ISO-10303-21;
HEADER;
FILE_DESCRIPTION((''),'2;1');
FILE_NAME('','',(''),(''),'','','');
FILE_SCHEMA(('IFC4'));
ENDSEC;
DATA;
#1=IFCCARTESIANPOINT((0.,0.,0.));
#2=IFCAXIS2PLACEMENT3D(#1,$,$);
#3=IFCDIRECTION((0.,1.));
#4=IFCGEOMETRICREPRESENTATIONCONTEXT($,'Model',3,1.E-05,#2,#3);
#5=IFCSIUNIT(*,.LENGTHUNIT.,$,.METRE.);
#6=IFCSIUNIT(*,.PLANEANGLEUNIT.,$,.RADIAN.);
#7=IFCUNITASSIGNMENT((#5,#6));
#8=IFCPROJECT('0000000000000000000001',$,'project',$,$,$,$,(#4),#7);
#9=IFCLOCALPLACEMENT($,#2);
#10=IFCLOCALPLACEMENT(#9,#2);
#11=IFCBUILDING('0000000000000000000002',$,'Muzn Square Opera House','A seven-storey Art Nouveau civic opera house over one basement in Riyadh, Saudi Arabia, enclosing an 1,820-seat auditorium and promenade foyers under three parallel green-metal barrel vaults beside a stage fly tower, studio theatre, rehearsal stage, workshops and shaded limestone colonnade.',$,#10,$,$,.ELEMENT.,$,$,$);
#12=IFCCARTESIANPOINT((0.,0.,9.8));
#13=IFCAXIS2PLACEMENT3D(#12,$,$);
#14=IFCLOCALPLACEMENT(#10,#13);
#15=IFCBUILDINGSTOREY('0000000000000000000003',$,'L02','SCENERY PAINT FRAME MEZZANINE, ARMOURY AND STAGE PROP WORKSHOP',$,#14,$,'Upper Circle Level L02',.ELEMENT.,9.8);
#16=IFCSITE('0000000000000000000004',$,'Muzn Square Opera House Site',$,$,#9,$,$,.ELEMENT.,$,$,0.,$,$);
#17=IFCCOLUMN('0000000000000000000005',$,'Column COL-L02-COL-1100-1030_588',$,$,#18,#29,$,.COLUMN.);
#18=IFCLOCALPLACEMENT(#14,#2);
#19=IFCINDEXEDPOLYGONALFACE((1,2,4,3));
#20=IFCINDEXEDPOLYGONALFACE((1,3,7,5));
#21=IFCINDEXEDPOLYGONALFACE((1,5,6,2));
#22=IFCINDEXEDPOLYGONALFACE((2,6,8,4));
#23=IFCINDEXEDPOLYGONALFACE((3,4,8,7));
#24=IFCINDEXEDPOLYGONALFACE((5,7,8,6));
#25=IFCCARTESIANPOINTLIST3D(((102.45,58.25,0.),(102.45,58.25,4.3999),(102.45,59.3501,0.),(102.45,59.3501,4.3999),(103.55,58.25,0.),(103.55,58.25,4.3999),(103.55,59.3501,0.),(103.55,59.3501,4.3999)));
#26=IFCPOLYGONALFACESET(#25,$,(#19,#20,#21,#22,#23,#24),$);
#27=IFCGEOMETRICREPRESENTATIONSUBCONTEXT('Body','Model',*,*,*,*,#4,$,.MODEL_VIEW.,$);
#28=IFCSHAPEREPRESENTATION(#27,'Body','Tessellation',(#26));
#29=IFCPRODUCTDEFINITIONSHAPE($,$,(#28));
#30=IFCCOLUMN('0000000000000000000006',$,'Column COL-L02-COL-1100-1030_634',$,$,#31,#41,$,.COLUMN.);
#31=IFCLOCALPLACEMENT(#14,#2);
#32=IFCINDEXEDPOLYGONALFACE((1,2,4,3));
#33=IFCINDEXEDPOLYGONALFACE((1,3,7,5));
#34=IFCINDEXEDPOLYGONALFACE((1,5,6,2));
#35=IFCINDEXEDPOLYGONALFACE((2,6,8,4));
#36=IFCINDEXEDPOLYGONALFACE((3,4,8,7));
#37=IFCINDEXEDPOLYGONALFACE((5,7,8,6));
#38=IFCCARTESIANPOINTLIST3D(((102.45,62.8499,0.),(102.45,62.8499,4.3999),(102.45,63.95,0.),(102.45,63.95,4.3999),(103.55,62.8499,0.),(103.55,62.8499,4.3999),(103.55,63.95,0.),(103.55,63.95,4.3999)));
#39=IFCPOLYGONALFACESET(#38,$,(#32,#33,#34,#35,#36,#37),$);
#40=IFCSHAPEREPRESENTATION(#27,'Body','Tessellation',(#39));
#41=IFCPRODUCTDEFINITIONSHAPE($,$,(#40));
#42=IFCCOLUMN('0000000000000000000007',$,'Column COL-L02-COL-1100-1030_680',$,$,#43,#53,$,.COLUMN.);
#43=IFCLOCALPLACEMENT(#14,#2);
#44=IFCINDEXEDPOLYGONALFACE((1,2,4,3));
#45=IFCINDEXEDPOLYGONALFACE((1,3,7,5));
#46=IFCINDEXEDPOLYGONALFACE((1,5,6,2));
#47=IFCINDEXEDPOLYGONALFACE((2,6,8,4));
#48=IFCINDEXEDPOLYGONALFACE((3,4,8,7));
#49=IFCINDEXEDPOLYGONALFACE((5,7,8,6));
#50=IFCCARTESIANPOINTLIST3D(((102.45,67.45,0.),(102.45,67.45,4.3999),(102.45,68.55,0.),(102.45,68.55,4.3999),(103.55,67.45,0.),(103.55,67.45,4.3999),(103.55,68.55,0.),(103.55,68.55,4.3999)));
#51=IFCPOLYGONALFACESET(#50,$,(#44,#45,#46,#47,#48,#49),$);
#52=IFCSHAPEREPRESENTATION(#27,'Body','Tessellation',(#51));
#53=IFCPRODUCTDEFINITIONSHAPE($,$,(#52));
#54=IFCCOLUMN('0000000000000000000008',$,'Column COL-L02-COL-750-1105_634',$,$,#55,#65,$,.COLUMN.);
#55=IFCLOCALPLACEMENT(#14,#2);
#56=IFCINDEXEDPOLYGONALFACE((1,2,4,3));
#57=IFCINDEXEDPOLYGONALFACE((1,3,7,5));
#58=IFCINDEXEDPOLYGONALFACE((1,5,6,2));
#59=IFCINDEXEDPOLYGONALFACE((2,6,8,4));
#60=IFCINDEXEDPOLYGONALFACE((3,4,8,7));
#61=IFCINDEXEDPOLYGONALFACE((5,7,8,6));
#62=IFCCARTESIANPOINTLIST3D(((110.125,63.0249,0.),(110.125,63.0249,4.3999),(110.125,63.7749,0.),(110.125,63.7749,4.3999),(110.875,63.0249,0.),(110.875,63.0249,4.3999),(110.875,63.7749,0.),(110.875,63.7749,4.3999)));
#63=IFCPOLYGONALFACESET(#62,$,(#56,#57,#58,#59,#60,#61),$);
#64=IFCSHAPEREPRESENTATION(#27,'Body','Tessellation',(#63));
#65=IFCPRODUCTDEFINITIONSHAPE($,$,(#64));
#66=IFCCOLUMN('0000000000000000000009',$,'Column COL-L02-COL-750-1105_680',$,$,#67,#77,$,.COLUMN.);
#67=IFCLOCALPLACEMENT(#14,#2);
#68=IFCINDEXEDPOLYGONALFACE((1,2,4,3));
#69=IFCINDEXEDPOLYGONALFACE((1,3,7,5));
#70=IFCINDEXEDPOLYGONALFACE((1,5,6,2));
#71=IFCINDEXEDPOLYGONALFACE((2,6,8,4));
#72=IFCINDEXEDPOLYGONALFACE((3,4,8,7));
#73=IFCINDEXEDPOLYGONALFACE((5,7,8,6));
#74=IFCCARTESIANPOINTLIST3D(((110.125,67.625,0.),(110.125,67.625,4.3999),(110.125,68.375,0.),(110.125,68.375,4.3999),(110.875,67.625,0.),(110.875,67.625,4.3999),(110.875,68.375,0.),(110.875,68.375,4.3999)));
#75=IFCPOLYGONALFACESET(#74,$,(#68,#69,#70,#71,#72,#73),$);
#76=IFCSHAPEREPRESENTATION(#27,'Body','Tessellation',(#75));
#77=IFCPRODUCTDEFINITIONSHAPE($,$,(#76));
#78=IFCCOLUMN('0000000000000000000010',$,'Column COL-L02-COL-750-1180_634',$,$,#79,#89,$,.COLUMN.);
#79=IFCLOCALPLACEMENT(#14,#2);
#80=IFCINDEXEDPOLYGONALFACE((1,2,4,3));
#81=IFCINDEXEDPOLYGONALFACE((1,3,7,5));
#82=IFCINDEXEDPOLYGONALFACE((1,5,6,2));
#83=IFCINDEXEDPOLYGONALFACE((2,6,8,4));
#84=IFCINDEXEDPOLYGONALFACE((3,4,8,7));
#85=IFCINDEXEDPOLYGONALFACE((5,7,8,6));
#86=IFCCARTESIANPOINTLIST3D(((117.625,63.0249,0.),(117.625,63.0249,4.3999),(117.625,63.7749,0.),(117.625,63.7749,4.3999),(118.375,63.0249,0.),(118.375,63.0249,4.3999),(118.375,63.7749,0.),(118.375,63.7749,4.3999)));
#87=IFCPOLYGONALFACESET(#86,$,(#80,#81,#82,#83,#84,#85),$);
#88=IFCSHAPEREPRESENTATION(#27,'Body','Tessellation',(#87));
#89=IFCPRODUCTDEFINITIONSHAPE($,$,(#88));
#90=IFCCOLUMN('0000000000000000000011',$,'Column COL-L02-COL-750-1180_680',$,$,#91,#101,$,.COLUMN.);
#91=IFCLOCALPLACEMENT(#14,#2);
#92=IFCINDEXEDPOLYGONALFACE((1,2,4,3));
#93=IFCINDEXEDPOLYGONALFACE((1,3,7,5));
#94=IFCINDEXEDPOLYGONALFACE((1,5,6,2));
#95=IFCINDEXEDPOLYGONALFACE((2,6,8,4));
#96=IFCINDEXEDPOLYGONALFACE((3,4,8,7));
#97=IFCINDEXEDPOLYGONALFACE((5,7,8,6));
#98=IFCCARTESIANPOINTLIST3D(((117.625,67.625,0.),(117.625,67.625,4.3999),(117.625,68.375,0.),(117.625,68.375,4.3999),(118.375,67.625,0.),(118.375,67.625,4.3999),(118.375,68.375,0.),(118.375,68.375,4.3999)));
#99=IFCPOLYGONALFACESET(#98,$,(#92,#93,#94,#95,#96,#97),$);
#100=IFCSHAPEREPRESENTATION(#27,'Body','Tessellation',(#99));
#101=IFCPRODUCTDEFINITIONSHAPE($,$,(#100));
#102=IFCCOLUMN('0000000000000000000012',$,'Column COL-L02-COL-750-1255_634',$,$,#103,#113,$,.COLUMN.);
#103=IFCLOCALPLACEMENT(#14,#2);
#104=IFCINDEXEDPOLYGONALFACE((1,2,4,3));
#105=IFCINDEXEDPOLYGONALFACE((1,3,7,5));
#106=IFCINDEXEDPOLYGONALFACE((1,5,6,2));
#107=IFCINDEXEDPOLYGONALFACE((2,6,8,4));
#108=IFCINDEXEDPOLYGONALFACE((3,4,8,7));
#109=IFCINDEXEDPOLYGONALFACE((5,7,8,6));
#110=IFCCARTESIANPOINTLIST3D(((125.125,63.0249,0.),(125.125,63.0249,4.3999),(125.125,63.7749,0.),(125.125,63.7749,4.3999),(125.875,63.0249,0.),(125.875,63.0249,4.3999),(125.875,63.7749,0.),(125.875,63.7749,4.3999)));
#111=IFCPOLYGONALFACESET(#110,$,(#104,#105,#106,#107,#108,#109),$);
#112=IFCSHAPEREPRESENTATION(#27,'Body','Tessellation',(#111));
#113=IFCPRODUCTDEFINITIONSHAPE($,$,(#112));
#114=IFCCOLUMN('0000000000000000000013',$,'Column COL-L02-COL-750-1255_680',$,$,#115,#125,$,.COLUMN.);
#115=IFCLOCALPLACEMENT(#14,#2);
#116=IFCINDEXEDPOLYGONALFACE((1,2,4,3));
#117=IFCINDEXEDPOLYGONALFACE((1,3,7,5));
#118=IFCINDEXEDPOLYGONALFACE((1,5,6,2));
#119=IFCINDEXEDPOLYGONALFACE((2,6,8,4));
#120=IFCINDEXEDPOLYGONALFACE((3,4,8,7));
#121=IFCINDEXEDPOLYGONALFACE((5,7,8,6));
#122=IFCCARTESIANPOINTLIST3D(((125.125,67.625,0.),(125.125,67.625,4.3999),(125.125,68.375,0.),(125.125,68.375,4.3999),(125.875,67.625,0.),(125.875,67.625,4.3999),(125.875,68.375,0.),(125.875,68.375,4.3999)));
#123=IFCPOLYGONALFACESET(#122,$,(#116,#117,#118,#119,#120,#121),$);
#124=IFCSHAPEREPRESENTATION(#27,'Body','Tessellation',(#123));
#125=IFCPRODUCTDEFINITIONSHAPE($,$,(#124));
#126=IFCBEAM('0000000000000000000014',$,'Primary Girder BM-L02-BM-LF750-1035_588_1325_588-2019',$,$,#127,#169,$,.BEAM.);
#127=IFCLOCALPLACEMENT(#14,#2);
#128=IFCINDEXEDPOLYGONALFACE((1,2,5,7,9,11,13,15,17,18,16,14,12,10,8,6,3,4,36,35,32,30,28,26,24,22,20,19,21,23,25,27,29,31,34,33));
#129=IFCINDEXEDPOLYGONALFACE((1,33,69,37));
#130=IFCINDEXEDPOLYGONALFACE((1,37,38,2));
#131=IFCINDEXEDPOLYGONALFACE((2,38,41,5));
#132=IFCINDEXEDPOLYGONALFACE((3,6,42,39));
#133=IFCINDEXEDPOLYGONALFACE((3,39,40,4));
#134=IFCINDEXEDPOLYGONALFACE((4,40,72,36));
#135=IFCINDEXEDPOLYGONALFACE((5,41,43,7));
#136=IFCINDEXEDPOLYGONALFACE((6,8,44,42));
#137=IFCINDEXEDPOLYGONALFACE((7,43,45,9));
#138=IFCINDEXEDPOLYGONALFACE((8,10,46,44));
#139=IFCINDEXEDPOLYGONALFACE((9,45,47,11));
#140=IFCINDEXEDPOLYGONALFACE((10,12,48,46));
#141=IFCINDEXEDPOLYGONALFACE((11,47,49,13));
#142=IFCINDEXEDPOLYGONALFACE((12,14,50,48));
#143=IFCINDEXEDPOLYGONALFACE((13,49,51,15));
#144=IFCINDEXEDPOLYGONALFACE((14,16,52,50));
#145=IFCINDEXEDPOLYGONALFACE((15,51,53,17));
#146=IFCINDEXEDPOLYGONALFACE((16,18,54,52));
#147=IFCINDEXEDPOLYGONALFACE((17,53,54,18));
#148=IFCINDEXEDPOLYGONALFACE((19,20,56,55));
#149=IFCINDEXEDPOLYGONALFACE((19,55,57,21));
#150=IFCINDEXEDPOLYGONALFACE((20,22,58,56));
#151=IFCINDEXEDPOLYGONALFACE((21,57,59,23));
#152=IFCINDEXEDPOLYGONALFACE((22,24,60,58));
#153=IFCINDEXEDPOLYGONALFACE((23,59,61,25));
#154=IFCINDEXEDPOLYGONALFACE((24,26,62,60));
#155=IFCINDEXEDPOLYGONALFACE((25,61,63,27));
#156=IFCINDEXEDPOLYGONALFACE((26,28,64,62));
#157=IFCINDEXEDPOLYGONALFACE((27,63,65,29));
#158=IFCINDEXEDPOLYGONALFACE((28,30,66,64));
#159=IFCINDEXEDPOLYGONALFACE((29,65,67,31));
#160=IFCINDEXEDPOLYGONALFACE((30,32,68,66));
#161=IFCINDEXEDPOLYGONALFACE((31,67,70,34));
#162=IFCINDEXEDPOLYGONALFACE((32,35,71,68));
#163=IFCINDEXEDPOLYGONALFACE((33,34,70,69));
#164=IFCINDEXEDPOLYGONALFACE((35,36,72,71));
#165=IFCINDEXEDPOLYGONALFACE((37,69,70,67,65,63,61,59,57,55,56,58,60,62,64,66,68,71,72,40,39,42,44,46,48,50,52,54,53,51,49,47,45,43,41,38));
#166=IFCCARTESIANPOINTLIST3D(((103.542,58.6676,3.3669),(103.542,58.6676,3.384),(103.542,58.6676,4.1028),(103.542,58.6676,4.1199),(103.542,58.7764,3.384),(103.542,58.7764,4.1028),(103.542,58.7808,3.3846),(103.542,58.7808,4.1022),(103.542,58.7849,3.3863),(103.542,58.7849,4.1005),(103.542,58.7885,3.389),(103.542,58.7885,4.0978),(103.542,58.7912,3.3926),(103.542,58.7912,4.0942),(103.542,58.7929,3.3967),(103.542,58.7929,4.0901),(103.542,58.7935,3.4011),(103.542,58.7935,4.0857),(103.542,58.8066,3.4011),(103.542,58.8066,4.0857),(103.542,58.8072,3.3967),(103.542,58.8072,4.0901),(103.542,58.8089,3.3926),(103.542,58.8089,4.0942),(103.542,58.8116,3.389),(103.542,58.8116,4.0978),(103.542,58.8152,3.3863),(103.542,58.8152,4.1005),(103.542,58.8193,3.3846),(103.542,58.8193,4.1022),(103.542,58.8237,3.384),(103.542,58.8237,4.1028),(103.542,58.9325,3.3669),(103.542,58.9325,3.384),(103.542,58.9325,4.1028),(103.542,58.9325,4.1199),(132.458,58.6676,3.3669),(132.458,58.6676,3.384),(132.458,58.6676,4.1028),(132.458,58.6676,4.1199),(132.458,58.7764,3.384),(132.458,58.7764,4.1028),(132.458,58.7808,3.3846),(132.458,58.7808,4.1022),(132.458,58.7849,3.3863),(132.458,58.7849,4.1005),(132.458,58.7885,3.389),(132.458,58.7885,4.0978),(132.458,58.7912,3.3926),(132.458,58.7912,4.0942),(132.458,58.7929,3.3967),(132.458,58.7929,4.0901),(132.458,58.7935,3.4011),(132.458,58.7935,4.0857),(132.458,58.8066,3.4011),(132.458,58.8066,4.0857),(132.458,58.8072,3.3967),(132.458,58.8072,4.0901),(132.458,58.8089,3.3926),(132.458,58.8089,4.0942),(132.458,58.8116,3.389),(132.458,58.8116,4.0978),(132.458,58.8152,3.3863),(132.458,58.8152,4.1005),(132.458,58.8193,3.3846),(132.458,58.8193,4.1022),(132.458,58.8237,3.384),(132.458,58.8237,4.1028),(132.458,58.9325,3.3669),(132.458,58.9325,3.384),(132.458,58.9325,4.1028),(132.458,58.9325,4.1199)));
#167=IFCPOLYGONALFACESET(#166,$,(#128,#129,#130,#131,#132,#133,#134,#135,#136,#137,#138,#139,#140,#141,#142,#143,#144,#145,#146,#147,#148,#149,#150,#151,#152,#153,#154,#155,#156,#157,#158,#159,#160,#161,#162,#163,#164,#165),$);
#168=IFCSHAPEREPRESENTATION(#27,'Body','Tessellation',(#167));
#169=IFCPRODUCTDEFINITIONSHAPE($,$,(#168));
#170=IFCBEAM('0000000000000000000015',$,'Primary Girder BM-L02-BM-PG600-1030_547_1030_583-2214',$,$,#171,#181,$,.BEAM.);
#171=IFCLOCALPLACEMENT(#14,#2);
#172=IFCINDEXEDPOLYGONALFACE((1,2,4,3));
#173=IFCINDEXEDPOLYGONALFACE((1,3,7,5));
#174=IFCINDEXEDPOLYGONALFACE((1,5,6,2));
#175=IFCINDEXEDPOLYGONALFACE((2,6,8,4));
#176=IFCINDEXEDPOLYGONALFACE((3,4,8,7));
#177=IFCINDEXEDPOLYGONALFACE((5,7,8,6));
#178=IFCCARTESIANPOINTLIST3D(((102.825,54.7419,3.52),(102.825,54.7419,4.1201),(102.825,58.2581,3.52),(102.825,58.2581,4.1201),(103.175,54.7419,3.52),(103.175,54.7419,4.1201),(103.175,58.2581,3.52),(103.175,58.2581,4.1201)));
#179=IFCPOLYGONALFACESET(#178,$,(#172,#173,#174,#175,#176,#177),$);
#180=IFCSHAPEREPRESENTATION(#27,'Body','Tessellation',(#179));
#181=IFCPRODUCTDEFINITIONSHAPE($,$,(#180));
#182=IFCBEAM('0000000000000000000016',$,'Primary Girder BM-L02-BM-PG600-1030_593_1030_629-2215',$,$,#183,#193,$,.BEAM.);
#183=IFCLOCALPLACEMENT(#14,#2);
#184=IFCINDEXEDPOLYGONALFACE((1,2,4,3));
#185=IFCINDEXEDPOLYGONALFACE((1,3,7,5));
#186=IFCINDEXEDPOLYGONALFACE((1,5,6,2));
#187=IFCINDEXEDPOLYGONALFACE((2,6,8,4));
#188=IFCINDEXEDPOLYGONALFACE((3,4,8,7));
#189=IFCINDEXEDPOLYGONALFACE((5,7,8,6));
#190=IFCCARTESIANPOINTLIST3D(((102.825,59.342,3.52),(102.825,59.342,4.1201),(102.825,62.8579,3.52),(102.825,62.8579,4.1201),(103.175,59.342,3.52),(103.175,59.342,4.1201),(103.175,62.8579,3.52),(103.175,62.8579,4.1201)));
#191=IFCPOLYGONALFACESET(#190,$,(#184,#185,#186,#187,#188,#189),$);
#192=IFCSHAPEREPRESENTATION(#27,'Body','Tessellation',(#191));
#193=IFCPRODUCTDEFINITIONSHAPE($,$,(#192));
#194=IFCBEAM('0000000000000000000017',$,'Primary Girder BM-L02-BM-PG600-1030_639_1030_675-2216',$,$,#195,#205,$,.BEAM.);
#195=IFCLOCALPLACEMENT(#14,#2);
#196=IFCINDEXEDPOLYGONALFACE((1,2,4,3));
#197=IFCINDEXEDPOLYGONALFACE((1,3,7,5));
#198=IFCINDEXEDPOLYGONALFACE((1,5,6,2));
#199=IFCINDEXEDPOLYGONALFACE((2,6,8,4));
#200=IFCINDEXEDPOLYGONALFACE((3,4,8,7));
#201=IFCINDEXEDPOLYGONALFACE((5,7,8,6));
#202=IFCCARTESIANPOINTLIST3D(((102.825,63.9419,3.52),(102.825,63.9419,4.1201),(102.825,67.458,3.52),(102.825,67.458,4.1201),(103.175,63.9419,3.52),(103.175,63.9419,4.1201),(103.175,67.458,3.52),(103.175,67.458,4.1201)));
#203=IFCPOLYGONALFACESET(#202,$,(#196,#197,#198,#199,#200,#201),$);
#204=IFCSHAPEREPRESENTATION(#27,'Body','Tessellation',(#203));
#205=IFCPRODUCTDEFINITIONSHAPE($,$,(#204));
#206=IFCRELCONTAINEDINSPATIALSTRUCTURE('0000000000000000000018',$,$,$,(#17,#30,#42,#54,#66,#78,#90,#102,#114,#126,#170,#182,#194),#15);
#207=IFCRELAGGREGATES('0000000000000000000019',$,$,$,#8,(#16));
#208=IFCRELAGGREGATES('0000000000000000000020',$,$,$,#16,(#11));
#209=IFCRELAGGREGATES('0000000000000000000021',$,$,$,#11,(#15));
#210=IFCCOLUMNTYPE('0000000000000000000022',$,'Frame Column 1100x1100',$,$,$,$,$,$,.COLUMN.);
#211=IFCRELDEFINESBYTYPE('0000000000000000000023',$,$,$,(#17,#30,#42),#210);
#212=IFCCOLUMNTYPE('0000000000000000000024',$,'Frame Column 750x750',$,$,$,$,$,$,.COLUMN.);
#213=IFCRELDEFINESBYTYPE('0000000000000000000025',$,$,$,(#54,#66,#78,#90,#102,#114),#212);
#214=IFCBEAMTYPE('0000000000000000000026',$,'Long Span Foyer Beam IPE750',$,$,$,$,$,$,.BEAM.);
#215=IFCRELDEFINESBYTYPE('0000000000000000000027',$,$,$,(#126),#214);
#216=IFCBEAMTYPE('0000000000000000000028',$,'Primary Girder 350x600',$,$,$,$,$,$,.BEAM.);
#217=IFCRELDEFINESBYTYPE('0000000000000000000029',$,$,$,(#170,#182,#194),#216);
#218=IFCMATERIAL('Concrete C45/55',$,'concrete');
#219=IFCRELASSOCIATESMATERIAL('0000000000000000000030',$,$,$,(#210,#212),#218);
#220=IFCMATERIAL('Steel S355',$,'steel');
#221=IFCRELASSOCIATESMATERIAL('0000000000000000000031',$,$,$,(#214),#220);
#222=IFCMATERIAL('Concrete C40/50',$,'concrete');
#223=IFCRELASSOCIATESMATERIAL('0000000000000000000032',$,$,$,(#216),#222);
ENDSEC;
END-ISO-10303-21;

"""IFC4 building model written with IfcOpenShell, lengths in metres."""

from ifc_helpers import new_model, si_unit, direction, frame, origin, origin_2d, place, context, subcontext, project, spatial, rectangle, i_section, extrude, material, material_profile, profile_set, type_object, element, save


model = new_model("IFC4")

# Units and contexts
model_context = context("Model", 3, precision=1e-05, world=origin(), true_north=direction((0.0, 1.0)))
body_context = subcontext(model_context, "Body", "Model", "MODEL_VIEW")
ifc_project = project(units=[si_unit("LENGTHUNIT", "METRE"), si_unit("PLANEANGLEUNIT", "RADIAN")], contexts=[model_context])

# Site, building, storey
site_placement = place(None, origin())
site = spatial("IfcSite", under=ifc_project, at=site_placement, Name="Muzn Square Opera House Site", CompositionType="ELEMENT", RefElevation=0.0)
building_placement = place(site_placement, origin())
building = spatial("IfcBuilding", under=site, at=building_placement, Name="Muzn Square Opera House", Description="A seven-storey Art Nouveau civic opera house over one basement in Riyadh, Saudi Arabia, enclosing an 1,820-seat auditorium and promenade foyers under three parallel green-metal barrel vaults beside a stage fly tower, studio theatre, rehearsal stage, workshops and shaded limestone colonnade.", CompositionType="ELEMENT")
storey_placement = place(building_placement, frame((0.0, 0.0, 9.8)))
storey = spatial("IfcBuildingStorey", under=building, at=storey_placement, Name="L02", Description="SCENERY PAINT FRAME MEZZANINE, ARMOURY AND STAGE PROP WORKSHOP", LongName="Upper Circle Level L02", CompositionType="ELEMENT", Elevation=9.8)

# Columns
ifc_material_1 = material(Name="Concrete C45/55", Category="concrete")
ifc_material_profile_1 = material_profile(ifc_material_1, rectangle(XDim=1.1001, YDim=1.1001, at=origin_2d()), Name="RC 1100x1100", Category="concrete")
ifc_profile_set_1 = profile_set([ifc_material_profile_1], Name="Concrete C45/55")
column_type_1 = type_object("IfcColumnType", Name="Frame Column 1100x1100", PredefinedType="COLUMN", material=ifc_profile_set_1)
for number, where, z_axis, x_axis, name in (
    (1, (103.0, 58.8, 0.0), (0.0, 0.0, 1.0), (1.0, 0.0, 0.0), "Column COL-L02-COL-1100-1030_588"),
    (2, (103.0, 63.3999, 0.0), (0.0, 0.0, 1.0), (1.0, 0.0, 0.0), "Column COL-L02-COL-1100-1030_634"),
    (3, (103.0, 68.0, 0.0), (0.0, 0.0, 1.0), (1.0, 0.0, 0.0), "Column COL-L02-COL-1100-1030_680"),
):
    element("IfcColumn", number, at=place(storey_placement, frame(where, z_axis=z_axis, x_axis=x_axis)), inside=storey, type_object=column_type_1, Name=name, PredefinedType="COLUMN", context=body_context, shape_type="SweptSolid", body=[
        extrude(rectangle(XDim=1.1001, YDim=1.1001, at=origin_2d()), origin(), (0.0, 0.0, 1.0), 4.3999),
    ])
ifc_material_profile_2 = material_profile(ifc_material_1, rectangle(XDim=0.75, YDim=0.75, at=origin_2d()), Name="RC 750x750", Category="concrete")
ifc_profile_set_2 = profile_set([ifc_material_profile_2], Name="Concrete C45/55")
column_type_2 = type_object("IfcColumnType", Name="Frame Column 750x750", PredefinedType="COLUMN", material=ifc_profile_set_2)
for number, where, z_axis, x_axis, name in (
    (4, (110.5, 63.3999, 0.0), (0.0, 0.0, 1.0), (1.0, 0.0, 0.0), "Column COL-L02-COL-750-1105_634"),
    (5, (110.5, 68.0, 0.0), (0.0, 0.0, 1.0), (1.0, 0.0, 0.0), "Column COL-L02-COL-750-1105_680"),
    (6, (118.0, 63.3999, 0.0), (0.0, 0.0, 1.0), (1.0, 0.0, 0.0), "Column COL-L02-COL-750-1180_634"),
    (7, (118.0, 68.0, 0.0), (0.0, 0.0, 1.0), (1.0, 0.0, 0.0), "Column COL-L02-COL-750-1180_680"),
    (8, (125.5, 63.3999, 0.0), (0.0, 0.0, 1.0), (1.0, 0.0, 0.0), "Column COL-L02-COL-750-1255_634"),
    (9, (125.5, 68.0, 0.0), (0.0, 0.0, 1.0), (1.0, 0.0, 0.0), "Column COL-L02-COL-750-1255_680"),
):
    element("IfcColumn", number, at=place(storey_placement, frame(where, z_axis=z_axis, x_axis=x_axis)), inside=storey, type_object=column_type_2, Name=name, PredefinedType="COLUMN", context=body_context, shape_type="SweptSolid", body=[
        extrude(rectangle(XDim=0.75, YDim=0.75, at=origin_2d()), origin(), (0.0, 0.0, 1.0), 4.3999),
    ])

# Beams
ifc_material_2 = material(Name="Steel S355", Category="steel")
ifc_material_profile_3 = material_profile(ifc_material_2, i_section(OverallWidth=0.2649, OverallDepth=0.7529, WebThickness=0.0132, FlangeThickness=0.0171, FilletRadius=0.0171, at=origin_2d()), Name="IPE 750x147", Category="steel")
ifc_profile_set_3 = profile_set([ifc_material_profile_3], Name="Steel S355")
beam_type_1 = type_object("IfcBeamType", Name="Long Span Foyer Beam IPE750", PredefinedType="BEAM", material=ifc_profile_set_3)
beam_1_placement = place(storey_placement, frame((103.542, 58.8, 3.7434), z_axis=(1.0, 0.0, 0.0), x_axis=(0.0, 1.0, 0.0)))
element("IfcBeam", 10, at=beam_1_placement, inside=storey, type_object=beam_type_1, Name="Primary Girder BM-L02-BM-LF750-1035_588_1325_588-2019", PredefinedType="BEAM", context=body_context, shape_type="SweptSolid", body=[
    extrude(i_section(OverallWidth=0.2649, OverallDepth=0.7529, WebThickness=0.0132, FlangeThickness=0.0171, FilletRadius=0.0171, at=origin_2d()), origin(), (0.0, 0.0, 1.0), 28.916),
])
ifc_material_3 = material(Name="Concrete C40/50", Category="concrete")
ifc_material_profile_4 = material_profile(ifc_material_3, rectangle(XDim=0.3501, YDim=0.6001, at=origin_2d()), Name="RCB 350x600", Category="concrete")
ifc_profile_set_4 = profile_set([ifc_material_profile_4], Name="Concrete C40/50")
beam_type_2 = type_object("IfcBeamType", Name="Primary Girder 350x600", PredefinedType="BEAM", material=ifc_profile_set_4)
beam_2_placement = place(storey_placement, frame((103.0, 54.7419, 3.8201), z_axis=(0.0, 1.0, 0.0), x_axis=(-1.0, 0.0, 0.0)))
element("IfcBeam", 11, at=beam_2_placement, inside=storey, type_object=beam_type_2, Name="Primary Girder BM-L02-BM-PG600-1030_547_1030_583-2214", PredefinedType="BEAM", context=body_context, shape_type="SweptSolid", body=[
    extrude(rectangle(XDim=0.3501, YDim=0.6001, at=origin_2d()), origin(), (0.0, 0.0, 1.0), 3.5161),
])
beam_3_placement = place(storey_placement, frame((103.0, 59.342, 3.8201), z_axis=(0.0, 1.0, 0.0), x_axis=(-1.0, 0.0, 0.0)))
element("IfcBeam", 12, at=beam_3_placement, inside=storey, type_object=beam_type_2, Name="Primary Girder BM-L02-BM-PG600-1030_593_1030_629-2215", PredefinedType="BEAM", context=body_context, shape_type="SweptSolid", body=[
    extrude(rectangle(XDim=0.3501, YDim=0.6001, at=origin_2d()), origin(), (0.0, 0.0, 1.0), 3.5159),
])
beam_4_placement = place(storey_placement, frame((103.0, 63.9419, 3.8201), z_axis=(0.0, 1.0, 0.0), x_axis=(-1.0, 0.0, 0.0)))
element("IfcBeam", 13, at=beam_4_placement, inside=storey, type_object=beam_type_2, Name="Primary Girder BM-L02-BM-PG600-1030_639_1030_675-2216", PredefinedType="BEAM", context=body_context, shape_type="SweptSolid", body=[
    extrude(rectangle(XDim=0.3501, YDim=0.6001, at=origin_2d()), origin(), (0.0, 0.0, 1.0), 3.5161),
])

save(model, "model.ifc")
